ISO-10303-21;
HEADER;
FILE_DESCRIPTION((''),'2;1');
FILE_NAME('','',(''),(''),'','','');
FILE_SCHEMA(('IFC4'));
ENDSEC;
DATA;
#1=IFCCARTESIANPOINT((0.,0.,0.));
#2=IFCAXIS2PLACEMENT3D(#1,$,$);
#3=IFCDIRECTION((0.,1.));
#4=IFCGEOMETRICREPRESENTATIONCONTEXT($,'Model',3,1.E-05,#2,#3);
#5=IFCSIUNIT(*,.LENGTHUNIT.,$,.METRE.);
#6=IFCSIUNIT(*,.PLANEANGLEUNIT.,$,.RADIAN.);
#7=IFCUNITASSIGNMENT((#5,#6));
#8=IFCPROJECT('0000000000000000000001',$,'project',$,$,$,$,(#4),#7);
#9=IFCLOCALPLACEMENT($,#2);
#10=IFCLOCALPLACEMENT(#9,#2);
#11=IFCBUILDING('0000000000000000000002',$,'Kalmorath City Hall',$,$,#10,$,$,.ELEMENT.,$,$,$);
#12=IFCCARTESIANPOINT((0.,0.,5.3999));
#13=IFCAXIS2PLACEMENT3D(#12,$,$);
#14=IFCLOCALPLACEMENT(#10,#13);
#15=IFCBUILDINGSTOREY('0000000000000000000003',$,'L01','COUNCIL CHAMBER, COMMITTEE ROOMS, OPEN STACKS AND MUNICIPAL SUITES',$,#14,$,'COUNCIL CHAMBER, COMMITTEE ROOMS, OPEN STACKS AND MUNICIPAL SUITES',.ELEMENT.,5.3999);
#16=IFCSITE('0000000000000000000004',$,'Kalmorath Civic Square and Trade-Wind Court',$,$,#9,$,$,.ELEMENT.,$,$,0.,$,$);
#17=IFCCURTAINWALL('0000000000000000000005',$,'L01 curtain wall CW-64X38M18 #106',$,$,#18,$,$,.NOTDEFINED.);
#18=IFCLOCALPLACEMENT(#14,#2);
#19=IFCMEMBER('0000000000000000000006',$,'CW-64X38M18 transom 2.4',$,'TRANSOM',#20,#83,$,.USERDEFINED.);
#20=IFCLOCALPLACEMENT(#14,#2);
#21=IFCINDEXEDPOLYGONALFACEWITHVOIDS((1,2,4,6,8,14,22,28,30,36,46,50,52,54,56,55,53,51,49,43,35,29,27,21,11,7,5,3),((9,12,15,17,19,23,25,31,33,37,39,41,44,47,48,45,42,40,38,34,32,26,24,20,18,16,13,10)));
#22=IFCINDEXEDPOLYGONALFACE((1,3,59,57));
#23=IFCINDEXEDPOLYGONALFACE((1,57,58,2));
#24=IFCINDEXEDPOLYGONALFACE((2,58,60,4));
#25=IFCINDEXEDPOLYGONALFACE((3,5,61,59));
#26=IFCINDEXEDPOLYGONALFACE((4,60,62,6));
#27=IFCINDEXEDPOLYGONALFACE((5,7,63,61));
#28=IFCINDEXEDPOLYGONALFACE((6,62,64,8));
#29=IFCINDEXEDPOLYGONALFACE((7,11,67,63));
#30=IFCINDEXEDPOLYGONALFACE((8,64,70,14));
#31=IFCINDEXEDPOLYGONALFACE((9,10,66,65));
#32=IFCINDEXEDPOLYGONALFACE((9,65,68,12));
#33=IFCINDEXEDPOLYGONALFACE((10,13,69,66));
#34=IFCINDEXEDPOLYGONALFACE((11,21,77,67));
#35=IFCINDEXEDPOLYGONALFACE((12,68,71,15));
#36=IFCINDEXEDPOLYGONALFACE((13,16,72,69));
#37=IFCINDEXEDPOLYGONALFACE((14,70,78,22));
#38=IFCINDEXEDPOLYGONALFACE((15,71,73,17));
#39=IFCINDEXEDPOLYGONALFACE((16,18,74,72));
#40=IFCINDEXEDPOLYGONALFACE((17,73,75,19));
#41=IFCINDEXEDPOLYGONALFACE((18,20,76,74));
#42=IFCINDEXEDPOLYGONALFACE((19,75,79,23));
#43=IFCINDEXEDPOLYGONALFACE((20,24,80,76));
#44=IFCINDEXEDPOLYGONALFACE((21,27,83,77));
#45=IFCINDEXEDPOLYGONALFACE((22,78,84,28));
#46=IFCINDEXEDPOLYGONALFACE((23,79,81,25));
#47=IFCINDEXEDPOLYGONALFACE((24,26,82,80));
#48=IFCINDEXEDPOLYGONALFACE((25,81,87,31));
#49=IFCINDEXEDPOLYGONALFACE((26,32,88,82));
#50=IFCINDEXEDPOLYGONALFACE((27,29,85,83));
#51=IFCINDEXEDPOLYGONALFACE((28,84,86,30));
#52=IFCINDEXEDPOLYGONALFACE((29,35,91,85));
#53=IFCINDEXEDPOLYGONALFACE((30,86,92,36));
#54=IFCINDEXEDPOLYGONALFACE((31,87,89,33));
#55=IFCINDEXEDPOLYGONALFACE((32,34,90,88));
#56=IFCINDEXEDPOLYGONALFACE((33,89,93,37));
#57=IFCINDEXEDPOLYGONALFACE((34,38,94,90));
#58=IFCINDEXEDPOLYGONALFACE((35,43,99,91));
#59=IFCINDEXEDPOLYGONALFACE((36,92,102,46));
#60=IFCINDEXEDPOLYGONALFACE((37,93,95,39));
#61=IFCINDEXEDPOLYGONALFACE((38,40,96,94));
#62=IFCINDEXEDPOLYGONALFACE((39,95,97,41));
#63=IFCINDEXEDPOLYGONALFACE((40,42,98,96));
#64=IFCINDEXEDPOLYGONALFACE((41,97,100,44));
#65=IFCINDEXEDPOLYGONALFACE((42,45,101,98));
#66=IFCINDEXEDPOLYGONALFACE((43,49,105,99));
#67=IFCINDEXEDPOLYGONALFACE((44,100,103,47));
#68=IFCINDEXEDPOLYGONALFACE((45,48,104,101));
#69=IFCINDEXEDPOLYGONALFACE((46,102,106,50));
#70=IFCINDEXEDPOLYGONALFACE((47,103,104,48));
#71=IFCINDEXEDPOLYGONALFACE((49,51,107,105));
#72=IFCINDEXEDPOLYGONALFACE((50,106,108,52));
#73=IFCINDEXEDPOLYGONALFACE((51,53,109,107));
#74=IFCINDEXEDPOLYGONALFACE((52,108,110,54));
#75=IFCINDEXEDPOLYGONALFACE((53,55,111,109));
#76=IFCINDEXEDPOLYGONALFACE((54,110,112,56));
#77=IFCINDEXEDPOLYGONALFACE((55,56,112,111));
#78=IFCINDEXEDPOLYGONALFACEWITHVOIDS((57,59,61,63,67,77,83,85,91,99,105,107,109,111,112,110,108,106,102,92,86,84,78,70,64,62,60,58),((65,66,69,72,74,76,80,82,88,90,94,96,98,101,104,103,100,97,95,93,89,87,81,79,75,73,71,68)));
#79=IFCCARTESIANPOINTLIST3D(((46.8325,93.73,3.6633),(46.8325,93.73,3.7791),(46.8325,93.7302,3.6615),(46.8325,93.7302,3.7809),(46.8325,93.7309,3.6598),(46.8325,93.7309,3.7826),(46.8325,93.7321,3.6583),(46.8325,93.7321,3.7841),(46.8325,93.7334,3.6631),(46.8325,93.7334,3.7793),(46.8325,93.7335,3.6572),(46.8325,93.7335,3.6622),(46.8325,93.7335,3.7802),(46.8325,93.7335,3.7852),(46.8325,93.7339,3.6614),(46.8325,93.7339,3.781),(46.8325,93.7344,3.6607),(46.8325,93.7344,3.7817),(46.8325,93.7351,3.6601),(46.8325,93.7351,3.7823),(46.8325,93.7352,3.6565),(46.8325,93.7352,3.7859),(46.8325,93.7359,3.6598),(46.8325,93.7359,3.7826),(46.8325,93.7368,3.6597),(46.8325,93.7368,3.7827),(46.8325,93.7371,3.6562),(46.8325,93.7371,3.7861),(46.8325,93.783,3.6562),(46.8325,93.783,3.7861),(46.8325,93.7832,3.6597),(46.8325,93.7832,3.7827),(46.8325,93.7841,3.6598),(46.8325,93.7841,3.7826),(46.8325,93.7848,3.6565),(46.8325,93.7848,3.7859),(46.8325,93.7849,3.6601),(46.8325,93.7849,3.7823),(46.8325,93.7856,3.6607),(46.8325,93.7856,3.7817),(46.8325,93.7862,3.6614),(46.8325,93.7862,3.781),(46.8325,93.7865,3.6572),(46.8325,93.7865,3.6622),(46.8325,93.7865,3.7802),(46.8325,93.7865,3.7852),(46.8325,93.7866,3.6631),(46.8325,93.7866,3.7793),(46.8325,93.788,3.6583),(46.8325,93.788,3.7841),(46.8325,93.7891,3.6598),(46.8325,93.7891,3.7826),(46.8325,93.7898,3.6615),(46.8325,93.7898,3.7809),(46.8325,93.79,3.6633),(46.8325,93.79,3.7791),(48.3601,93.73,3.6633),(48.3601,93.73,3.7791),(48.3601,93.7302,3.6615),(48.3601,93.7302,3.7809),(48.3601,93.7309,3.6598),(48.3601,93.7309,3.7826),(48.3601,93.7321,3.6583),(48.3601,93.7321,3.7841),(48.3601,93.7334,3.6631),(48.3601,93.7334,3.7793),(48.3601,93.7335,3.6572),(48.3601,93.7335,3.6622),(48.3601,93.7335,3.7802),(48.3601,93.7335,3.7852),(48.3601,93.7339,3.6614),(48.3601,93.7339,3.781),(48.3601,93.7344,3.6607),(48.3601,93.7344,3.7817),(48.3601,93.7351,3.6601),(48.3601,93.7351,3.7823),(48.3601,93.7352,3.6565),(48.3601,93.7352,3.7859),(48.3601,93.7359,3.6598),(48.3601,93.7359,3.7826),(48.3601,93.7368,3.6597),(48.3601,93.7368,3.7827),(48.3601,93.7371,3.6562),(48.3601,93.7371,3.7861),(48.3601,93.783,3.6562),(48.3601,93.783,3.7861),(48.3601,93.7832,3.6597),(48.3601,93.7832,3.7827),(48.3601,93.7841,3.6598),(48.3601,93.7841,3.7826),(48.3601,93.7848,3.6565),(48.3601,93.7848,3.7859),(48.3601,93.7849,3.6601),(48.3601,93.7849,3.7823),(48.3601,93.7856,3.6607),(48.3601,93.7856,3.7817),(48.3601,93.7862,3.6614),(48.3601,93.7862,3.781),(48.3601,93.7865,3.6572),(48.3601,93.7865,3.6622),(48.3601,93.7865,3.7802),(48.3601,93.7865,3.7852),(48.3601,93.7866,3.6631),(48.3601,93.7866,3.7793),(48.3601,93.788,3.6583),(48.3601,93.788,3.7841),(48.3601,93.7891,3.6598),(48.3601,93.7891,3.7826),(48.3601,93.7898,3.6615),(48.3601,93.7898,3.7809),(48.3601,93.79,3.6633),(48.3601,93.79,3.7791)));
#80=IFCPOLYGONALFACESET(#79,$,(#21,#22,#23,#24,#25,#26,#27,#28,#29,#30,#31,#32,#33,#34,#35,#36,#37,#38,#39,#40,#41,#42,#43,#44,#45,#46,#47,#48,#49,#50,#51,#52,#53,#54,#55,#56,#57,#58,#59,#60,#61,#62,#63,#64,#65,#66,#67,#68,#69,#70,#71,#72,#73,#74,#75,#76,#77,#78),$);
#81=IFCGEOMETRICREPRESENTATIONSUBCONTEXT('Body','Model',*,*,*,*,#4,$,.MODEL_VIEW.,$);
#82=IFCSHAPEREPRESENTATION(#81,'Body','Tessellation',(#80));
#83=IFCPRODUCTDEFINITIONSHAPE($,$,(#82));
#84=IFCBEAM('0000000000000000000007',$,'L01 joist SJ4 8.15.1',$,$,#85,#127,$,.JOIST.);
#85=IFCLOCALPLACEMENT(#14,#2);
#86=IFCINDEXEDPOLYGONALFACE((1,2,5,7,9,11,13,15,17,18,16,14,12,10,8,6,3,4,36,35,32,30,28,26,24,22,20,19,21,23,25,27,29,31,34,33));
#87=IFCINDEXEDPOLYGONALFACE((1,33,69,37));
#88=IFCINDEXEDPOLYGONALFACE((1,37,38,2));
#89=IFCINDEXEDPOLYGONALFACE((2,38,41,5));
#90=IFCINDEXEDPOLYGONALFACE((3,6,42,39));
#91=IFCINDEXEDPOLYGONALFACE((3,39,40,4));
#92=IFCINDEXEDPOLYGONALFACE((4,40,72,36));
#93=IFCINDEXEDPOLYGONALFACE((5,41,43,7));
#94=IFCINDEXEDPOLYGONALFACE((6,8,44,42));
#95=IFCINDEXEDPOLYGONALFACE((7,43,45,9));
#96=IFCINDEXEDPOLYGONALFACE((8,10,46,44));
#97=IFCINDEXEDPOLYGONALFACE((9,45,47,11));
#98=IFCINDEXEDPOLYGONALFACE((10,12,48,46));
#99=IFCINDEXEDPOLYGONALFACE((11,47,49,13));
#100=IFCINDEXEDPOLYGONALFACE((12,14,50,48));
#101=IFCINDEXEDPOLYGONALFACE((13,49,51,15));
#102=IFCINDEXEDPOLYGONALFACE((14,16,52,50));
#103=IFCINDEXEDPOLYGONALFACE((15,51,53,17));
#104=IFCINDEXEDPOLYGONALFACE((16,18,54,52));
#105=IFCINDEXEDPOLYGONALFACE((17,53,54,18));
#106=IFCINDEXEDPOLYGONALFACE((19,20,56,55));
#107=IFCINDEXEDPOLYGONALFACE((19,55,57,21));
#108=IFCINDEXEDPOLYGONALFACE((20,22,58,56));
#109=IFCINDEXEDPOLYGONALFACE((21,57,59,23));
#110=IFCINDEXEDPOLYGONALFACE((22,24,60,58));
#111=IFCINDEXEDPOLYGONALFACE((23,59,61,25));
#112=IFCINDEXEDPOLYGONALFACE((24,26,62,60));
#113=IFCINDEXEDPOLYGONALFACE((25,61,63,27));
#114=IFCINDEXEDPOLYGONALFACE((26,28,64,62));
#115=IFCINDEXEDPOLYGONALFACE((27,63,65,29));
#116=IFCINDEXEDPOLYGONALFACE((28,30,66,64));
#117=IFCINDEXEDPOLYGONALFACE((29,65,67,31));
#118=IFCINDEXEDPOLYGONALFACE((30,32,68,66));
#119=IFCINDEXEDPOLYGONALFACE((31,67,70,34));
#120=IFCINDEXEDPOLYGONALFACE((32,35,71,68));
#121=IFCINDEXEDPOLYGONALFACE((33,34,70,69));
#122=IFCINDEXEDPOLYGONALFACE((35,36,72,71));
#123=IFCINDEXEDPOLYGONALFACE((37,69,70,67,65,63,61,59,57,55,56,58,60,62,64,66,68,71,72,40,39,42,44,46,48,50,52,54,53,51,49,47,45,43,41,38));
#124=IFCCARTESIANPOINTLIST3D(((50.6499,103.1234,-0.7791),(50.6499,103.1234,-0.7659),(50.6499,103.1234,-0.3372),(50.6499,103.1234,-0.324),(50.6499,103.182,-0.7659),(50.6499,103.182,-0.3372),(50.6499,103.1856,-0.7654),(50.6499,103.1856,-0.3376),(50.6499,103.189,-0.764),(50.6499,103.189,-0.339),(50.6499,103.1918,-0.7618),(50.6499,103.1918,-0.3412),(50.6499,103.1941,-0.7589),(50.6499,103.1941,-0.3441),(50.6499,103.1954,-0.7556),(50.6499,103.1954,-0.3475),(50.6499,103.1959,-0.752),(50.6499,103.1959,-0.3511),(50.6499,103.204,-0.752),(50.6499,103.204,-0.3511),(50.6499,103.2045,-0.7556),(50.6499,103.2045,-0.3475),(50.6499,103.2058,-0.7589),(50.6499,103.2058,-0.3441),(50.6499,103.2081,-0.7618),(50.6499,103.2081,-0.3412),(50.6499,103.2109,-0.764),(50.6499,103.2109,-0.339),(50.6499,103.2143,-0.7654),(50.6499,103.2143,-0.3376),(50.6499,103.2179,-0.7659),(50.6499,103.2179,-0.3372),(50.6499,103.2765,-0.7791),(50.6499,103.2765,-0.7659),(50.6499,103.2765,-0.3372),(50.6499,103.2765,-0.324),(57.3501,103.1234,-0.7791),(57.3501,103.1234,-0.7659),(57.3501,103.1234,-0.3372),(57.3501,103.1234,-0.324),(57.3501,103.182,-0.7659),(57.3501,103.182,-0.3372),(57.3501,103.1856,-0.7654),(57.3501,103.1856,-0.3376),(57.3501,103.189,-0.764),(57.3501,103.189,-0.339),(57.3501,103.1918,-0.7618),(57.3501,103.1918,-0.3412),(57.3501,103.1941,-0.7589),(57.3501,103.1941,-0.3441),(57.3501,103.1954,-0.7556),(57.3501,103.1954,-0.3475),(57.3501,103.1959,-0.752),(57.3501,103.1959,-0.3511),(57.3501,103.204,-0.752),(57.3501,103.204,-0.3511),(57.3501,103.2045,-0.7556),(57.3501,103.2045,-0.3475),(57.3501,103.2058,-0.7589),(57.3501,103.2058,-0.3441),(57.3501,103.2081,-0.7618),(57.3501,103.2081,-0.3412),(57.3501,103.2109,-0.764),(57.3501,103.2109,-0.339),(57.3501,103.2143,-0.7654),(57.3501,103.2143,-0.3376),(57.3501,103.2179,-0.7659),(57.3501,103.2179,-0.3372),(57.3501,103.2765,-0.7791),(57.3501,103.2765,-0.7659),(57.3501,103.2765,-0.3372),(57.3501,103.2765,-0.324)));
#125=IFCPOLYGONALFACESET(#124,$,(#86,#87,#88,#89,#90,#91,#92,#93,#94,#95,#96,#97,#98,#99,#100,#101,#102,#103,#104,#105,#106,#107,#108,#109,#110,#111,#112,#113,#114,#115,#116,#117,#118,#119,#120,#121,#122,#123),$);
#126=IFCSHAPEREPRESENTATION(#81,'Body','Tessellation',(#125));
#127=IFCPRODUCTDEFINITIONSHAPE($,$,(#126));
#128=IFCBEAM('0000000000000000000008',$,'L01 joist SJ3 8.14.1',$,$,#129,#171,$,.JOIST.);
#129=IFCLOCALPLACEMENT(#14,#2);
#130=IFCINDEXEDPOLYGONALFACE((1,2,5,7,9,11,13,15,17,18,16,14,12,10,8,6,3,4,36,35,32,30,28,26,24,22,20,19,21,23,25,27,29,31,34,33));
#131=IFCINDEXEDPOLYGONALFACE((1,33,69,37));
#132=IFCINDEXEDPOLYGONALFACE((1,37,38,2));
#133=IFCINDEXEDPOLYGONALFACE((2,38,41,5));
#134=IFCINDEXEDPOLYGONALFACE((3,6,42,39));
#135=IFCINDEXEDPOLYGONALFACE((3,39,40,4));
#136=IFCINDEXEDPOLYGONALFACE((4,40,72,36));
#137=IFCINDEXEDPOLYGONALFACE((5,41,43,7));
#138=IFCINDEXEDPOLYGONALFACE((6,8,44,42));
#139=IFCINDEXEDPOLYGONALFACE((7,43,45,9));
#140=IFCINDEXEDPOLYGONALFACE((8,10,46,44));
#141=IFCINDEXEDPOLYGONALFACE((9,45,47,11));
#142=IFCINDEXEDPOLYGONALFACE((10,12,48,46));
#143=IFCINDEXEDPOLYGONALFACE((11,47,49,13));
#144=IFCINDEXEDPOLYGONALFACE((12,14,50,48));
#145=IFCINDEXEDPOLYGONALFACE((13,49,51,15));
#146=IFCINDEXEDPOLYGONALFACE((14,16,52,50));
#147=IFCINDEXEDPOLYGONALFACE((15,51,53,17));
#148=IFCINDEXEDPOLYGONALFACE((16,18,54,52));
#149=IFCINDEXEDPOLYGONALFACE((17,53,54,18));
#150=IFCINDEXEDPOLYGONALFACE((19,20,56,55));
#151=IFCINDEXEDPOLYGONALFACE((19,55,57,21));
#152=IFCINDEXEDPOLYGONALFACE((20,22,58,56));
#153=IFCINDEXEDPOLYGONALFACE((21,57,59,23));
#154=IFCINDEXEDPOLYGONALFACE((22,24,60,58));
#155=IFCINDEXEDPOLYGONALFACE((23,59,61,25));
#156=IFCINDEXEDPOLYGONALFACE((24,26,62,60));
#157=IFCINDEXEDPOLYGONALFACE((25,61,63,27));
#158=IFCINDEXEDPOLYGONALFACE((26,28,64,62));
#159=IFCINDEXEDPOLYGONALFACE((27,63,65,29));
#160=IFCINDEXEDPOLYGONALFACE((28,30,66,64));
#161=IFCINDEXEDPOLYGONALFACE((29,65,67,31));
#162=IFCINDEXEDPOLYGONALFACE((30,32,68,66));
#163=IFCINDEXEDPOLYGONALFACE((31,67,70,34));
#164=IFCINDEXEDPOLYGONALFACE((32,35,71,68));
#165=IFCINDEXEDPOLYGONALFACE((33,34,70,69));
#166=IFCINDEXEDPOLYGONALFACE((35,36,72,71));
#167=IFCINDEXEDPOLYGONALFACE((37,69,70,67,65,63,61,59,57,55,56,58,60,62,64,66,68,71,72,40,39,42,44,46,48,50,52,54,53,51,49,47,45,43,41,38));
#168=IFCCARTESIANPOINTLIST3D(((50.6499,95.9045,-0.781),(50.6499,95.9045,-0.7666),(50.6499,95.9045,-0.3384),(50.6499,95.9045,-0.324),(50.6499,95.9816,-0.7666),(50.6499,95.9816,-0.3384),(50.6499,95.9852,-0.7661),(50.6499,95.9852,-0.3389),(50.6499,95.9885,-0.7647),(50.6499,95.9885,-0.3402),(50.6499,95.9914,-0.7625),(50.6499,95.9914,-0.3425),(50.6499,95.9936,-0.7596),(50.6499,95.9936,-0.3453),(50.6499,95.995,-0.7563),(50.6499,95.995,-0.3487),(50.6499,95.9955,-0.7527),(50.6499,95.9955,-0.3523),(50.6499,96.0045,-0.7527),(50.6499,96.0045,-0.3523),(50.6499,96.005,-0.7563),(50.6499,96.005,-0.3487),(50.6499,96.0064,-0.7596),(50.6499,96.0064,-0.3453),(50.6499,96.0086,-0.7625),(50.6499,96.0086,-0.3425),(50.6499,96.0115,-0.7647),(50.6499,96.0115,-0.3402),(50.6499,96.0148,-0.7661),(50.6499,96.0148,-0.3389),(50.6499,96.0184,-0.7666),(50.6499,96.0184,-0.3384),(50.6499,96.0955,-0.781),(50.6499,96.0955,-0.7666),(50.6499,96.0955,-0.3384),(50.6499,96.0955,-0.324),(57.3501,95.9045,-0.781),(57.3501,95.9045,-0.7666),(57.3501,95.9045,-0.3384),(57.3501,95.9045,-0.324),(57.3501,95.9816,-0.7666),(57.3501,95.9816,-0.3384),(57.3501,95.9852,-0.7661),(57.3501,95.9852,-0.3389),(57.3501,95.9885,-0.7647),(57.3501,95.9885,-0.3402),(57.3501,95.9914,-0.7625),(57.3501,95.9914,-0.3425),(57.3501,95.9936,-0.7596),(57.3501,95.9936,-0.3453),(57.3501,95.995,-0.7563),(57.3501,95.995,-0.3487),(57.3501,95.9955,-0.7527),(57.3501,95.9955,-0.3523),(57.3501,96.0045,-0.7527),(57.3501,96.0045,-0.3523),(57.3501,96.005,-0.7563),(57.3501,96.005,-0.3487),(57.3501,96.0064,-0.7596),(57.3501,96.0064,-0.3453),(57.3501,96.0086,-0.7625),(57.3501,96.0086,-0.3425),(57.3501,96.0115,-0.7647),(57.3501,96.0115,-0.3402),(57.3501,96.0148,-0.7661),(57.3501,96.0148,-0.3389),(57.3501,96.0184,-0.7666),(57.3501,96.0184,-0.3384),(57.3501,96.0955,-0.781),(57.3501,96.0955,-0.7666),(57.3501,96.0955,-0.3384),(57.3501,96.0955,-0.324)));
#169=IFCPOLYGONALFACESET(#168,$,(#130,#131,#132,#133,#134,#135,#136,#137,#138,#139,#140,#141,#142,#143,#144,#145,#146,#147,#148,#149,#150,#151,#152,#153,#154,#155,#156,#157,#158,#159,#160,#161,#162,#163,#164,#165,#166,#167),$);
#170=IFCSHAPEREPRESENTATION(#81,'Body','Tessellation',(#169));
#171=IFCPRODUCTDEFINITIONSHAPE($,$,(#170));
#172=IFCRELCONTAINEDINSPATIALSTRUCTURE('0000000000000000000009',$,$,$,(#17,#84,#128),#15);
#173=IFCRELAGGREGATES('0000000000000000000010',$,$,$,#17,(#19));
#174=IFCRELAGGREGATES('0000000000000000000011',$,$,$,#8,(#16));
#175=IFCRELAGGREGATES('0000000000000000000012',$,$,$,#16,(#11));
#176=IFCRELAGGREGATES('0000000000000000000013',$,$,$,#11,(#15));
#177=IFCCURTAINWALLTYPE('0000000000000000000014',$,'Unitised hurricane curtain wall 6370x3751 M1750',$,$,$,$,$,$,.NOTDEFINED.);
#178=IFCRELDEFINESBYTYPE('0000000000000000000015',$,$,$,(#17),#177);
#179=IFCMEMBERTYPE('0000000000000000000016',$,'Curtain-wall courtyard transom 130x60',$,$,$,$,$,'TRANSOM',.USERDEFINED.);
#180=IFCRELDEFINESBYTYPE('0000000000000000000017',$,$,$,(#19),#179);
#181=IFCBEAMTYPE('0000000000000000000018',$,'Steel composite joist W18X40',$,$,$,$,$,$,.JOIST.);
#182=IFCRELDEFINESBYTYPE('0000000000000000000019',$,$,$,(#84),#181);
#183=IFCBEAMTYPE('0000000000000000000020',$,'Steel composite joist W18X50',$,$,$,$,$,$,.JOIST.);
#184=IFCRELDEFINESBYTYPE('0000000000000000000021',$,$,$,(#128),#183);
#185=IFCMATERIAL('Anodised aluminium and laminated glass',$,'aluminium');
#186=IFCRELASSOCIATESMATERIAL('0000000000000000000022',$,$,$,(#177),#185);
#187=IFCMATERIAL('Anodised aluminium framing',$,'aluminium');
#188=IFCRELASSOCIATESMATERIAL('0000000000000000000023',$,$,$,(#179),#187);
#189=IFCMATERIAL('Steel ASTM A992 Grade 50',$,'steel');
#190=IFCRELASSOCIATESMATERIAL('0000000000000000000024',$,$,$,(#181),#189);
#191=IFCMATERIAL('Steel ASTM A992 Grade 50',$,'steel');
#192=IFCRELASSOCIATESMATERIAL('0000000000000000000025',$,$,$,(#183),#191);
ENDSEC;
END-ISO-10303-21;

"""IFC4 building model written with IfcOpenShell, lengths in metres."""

from ifc_helpers import new_model, si_unit, direction, frame, origin, origin_2d, place, context, subcontext, project, spatial, hollow_rectangle, i_section, extrude, material, material_profile, profile_set, type_object, element, aggregate, save


model = new_model("IFC4")

# Units and contexts
model_context = context("Model", 3, precision=1e-05, world=origin(), true_north=direction((0.0, 1.0)))
body_context = subcontext(model_context, "Body", "Model", "MODEL_VIEW")
ifc_project = project(units=[si_unit("LENGTHUNIT", "METRE"), si_unit("PLANEANGLEUNIT", "RADIAN")], contexts=[model_context])

# Site, building, storey
site_placement = place(None, origin())
site = spatial("IfcSite", under=ifc_project, at=site_placement, Name="Kalmorath Civic Square and Trade-Wind Court", CompositionType="ELEMENT", RefElevation=0.0)
building_placement = place(site_placement, origin())
building = spatial("IfcBuilding", under=site, at=building_placement, Name="Kalmorath City Hall", CompositionType="ELEMENT")
storey_placement = place(building_placement, frame((0.0, 0.0, 5.3999)))
storey = spatial("IfcBuildingStorey", under=building, at=storey_placement, Name="L01", Description="COUNCIL CHAMBER, COMMITTEE ROOMS, OPEN STACKS AND MUNICIPAL SUITES", LongName="COUNCIL CHAMBER, COMMITTEE ROOMS, OPEN STACKS AND MUNICIPAL SUITES", CompositionType="ELEMENT", Elevation=5.3999)

# Curtain wall, member
ifc_material_1 = material(Name="Anodised aluminium and laminated glass", Category="aluminium")
curtain_wall_type_1 = type_object("IfcCurtainWallType", Name="Unitised hurricane curtain wall 6370x3751 M1750", PredefinedType="NOTDEFINED", material=ifc_material_1)
curtain_wall_1_placement = place(storey_placement, origin())
curtain_wall_1 = element("IfcCurtainWall", 1, at=curtain_wall_1_placement, inside=storey, type_object=curtain_wall_type_1, Name="L01 curtain wall CW-64X38M18 #106", PredefinedType="NOTDEFINED")
ifc_material_2 = material(Name="Anodised aluminium framing", Category="aluminium")
ifc_material_profile_1 = material_profile(ifc_material_2, hollow_rectangle(XDim=0.0601, YDim=0.1299, WallThickness=0.0034, InnerFilletRadius=0.0034, OuterFilletRadius=0.0071, at=origin_2d()), Name="ALU-TRN-130X60X3.5")
ifc_profile_set_1 = profile_set([ifc_material_profile_1], Name="Anodised aluminium framing")
member_type_1 = type_object("IfcMemberType", Name="Curtain-wall courtyard transom 130x60", ElementType="TRANSOM", PredefinedType="USERDEFINED", material=ifc_profile_set_1)
member_1_placement = place(storey_placement, frame((48.3601, 93.76, 3.7212), z_axis=(-1.0, 0.0, 0.0), x_axis=(0.0, -1.0, 0.0)))
member_1 = element("IfcMember", 2, at=member_1_placement, type_object=member_type_1, Name="CW-64X38M18 transom 2.4", ObjectType="TRANSOM", PredefinedType="USERDEFINED", context=body_context, shape_type="SweptSolid", body=[
    extrude(hollow_rectangle(XDim=0.0601, YDim=0.1299, WallThickness=0.0034, InnerFilletRadius=0.0034, OuterFilletRadius=0.0071, at=origin_2d()), origin(), (0.0, 0.0, 1.0), 1.5276),
])

# Beams
ifc_material_3 = material(Name="Steel ASTM A992 Grade 50", Category="steel")
ifc_material_profile_2 = material_profile(ifc_material_3, i_section(OverallWidth=0.1531, OverallDepth=0.4551, WebThickness=0.0081, FlangeThickness=0.0132, FilletRadius=0.0139, at=origin_2d()), Name="W18X40")
ifc_profile_set_2 = profile_set([ifc_material_profile_2], Name="Steel ASTM A992 Grade 50")
beam_type_1 = type_object("IfcBeamType", Name="Steel composite joist W18X40", PredefinedType="JOIST", material=ifc_profile_set_2)
beam_1_placement = place(storey_placement, frame((50.6499, 103.2, -0.5515), z_axis=(1.0, 0.0, 0.0), x_axis=(0.0, 1.0, 0.0)))
element("IfcBeam", 3, at=beam_1_placement, inside=storey, type_object=beam_type_1, Name="L01 joist SJ4 8.15.1", PredefinedType="JOIST", context=body_context, shape_type="SweptSolid", body=[
    extrude(i_section(OverallWidth=0.1531, OverallDepth=0.4551, WebThickness=0.0081, FlangeThickness=0.0132, FilletRadius=0.0139, at=origin_2d()), origin(), (0.0, 0.0, 1.0), 6.7002),
])
ifc_material_4 = material(Name="Steel ASTM A992 Grade 50", Category="steel")
ifc_material_profile_3 = material_profile(ifc_material_4, i_section(OverallWidth=0.1909, OverallDepth=0.457, WebThickness=0.009, FlangeThickness=0.0144, FilletRadius=0.0139, at=origin_2d()), Name="W18X50")
ifc_profile_set_3 = profile_set([ifc_material_profile_3], Name="Steel ASTM A992 Grade 50")
beam_type_2 = type_object("IfcBeamType", Name="Steel composite joist W18X50", PredefinedType="JOIST", material=ifc_profile_set_3)
for number, where, z_axis, x_axis, name in (
    (4, (50.6499, 96.0, -0.5525), (1.0, 0.0, 0.0), (0.0, 1.0, 0.0), "L01 joist SJ3 8.14.1"),
):
    element("IfcBeam", number, at=place(storey_placement, frame(where, z_axis=z_axis, x_axis=x_axis)), inside=storey, type_object=beam_type_2, Name=name, PredefinedType="JOIST", context=body_context, shape_type="SweptSolid", body=[
        extrude(i_section(OverallWidth=0.1909, OverallDepth=0.457, WebThickness=0.009, FlangeThickness=0.0144, FilletRadius=0.0139, at=origin_2d()), origin(), (0.0, 0.0, 1.0), 6.7002),
    ])

aggregate(curtain_wall_1, [member_1])

save(model, "model.ifc")
